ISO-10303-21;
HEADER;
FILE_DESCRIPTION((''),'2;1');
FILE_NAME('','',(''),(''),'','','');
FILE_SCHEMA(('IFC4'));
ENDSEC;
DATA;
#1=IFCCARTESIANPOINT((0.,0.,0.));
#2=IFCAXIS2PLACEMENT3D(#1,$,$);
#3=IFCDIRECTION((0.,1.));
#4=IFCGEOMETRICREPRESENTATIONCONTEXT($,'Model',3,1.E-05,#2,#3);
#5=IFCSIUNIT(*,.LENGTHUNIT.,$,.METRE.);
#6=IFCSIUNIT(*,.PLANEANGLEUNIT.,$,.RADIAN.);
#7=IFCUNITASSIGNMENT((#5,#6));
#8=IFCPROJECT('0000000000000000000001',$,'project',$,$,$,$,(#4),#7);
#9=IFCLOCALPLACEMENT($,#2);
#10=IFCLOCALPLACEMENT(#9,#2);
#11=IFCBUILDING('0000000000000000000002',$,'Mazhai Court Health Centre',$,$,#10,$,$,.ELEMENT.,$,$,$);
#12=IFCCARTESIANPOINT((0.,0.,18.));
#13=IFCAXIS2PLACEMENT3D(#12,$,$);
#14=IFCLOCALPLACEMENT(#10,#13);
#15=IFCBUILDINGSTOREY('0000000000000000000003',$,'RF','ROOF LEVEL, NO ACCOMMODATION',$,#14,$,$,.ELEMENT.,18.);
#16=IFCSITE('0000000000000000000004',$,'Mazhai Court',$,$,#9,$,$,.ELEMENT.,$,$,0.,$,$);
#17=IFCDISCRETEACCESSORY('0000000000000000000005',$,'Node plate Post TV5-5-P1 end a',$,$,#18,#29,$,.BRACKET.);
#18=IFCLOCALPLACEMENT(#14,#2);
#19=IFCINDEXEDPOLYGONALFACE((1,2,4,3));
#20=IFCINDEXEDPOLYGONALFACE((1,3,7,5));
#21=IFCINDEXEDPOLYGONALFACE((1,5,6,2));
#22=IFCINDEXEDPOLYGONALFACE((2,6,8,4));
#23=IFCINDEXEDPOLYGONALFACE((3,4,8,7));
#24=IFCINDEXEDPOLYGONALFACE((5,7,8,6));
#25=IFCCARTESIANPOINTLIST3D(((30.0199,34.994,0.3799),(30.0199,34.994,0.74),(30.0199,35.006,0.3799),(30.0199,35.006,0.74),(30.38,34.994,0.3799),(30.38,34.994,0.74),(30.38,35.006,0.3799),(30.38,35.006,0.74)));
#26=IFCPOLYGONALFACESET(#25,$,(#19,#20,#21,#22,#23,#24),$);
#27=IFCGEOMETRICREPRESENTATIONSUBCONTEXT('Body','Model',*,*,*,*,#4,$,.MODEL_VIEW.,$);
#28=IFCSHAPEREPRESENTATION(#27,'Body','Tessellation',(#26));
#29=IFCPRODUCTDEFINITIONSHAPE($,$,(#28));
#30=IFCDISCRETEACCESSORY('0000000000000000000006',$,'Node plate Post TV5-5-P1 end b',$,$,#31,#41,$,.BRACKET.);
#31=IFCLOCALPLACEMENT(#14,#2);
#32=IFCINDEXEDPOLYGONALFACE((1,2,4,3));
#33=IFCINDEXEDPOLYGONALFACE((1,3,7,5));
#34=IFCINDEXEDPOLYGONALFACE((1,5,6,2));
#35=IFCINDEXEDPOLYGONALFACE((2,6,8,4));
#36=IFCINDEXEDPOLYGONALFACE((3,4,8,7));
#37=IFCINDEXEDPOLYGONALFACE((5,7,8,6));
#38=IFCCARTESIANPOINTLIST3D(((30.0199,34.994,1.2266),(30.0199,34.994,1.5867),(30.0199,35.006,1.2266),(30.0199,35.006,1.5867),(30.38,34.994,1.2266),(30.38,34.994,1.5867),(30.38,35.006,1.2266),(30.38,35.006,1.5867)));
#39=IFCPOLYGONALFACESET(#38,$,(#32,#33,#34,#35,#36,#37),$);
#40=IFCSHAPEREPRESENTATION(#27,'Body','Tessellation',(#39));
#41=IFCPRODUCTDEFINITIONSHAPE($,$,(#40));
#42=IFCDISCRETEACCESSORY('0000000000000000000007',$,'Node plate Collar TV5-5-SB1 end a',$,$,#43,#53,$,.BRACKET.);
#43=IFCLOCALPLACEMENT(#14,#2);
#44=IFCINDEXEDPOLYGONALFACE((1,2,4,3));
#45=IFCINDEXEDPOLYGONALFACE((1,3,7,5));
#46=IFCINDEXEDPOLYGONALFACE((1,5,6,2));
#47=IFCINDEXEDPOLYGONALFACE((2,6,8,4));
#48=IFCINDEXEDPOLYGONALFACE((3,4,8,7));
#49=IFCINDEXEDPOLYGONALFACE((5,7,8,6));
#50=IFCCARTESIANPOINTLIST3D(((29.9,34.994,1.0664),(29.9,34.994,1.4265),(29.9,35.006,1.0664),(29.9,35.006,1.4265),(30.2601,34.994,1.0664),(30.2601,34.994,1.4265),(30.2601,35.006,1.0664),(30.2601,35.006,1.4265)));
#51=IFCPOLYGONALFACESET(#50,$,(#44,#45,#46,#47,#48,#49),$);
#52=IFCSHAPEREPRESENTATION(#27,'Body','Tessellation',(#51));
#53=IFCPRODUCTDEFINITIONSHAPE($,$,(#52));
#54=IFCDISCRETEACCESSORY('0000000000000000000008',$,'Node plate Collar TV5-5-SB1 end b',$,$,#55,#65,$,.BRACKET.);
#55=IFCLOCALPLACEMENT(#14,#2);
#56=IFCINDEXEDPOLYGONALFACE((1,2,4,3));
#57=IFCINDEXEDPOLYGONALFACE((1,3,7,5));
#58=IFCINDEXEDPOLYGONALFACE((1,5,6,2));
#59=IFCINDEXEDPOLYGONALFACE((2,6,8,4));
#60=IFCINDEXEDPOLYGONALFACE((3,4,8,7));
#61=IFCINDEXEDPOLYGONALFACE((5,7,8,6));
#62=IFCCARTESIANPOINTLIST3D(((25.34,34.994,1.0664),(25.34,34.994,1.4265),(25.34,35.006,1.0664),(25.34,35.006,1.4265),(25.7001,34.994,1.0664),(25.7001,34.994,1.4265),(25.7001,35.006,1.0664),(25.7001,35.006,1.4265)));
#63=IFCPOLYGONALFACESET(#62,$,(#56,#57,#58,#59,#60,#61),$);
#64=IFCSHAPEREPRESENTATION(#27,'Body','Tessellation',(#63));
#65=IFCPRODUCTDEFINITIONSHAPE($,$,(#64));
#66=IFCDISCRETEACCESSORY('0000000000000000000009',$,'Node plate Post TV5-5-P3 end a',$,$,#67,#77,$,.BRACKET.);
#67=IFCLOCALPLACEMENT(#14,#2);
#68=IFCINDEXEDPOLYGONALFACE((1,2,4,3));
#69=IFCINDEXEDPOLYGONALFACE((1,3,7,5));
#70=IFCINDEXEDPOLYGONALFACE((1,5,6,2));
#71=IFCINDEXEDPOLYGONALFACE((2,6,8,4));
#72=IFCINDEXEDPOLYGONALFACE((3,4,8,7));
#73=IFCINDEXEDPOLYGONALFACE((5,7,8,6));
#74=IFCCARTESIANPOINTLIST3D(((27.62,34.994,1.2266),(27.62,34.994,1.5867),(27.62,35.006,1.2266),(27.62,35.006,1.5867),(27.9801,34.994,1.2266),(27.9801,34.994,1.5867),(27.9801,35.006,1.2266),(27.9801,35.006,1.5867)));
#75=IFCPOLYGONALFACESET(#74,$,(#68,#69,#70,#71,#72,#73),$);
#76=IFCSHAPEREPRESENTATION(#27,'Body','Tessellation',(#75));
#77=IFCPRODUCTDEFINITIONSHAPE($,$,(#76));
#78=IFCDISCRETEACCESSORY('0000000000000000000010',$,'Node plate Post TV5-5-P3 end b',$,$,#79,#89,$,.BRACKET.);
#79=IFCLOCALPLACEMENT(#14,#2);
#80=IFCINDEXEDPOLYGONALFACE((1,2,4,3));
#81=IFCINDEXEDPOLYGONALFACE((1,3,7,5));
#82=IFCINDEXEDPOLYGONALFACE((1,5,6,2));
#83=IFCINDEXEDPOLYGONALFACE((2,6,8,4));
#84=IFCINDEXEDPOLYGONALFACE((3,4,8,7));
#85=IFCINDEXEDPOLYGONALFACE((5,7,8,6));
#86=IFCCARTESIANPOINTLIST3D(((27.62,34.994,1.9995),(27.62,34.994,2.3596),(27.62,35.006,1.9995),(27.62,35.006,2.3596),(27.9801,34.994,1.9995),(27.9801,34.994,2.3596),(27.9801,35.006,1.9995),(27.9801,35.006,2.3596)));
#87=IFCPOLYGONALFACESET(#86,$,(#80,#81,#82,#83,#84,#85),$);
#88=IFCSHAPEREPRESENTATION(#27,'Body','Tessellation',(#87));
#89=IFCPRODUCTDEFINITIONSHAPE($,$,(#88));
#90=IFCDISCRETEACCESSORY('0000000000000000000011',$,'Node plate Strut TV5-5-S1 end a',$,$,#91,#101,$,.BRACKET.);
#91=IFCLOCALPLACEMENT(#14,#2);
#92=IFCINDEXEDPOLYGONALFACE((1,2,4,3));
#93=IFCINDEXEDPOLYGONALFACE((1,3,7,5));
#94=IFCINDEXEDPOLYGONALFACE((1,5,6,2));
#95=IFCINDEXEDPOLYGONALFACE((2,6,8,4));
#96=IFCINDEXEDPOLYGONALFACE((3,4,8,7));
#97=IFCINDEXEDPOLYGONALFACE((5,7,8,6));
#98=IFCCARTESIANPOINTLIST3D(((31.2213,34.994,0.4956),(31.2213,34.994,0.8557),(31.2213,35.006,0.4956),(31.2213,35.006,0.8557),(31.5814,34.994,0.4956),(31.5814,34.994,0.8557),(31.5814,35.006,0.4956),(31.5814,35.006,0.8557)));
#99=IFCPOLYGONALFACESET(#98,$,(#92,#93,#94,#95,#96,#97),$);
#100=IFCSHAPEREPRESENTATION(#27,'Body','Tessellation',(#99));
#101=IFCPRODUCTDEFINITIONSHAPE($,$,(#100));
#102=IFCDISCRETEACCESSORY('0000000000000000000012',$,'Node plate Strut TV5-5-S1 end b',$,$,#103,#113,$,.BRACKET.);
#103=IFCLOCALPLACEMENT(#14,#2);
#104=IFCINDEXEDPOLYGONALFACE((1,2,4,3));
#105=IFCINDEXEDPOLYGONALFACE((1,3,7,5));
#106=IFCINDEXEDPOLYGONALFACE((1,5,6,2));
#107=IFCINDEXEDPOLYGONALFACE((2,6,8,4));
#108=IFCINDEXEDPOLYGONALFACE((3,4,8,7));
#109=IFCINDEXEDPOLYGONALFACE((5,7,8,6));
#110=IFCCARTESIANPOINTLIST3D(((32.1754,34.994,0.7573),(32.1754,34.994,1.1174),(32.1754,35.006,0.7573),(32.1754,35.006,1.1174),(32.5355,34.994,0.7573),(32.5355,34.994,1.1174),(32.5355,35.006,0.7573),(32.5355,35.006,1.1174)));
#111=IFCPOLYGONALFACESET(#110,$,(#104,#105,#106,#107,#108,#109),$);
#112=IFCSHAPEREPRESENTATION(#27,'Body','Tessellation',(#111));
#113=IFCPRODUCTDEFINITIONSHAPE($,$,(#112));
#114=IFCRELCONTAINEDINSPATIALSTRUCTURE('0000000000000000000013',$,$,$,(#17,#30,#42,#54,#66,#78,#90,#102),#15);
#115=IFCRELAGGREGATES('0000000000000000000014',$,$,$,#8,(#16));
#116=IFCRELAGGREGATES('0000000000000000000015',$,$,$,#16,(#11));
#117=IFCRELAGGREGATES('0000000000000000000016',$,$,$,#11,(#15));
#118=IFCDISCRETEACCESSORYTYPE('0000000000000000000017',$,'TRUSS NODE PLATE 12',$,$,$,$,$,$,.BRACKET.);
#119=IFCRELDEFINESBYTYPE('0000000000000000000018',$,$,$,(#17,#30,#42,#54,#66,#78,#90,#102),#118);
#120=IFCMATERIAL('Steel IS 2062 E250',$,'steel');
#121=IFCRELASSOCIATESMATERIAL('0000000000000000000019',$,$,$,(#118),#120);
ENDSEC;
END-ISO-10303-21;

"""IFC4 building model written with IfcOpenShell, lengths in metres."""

from ifc_helpers import new_model, si_unit, direction, frame, origin, origin_2d, place, context, subcontext, project, spatial, rectangle, extrude, material, type_object, element, save


model = new_model("IFC4")

# Units and contexts
model_context = context("Model", 3, precision=1e-05, world=origin(), true_north=direction((0.0, 1.0)))
body_context = subcontext(model_context, "Body", "Model", "MODEL_VIEW")
ifc_project = project(units=[si_unit("LENGTHUNIT", "METRE"), si_unit("PLANEANGLEUNIT", "RADIAN")], contexts=[model_context])

# Site, building, storey
site_placement = place(None, origin())
site = spatial("IfcSite", under=ifc_project, at=site_placement, Name="Mazhai Court", CompositionType="ELEMENT", RefElevation=0.0)
building_placement = place(site_placement, origin())
building = spatial("IfcBuilding", under=site, at=building_placement, Name="Mazhai Court Health Centre", CompositionType="ELEMENT")
storey_placement = place(building_placement, frame((0.0, 0.0, 18.0)))
storey = spatial("IfcBuildingStorey", under=building, at=storey_placement, Name="RF", Description="ROOF LEVEL, NO ACCOMMODATION", CompositionType="ELEMENT", Elevation=18.0)

# Discrete accessories
ifc_material_1 = material(Name="Steel IS 2062 E250", Category="steel")
discrete_accessory_type = type_object("IfcDiscreteAccessoryType", Name="TRUSS NODE PLATE 12", PredefinedType="BRACKET", material=ifc_material_1)
for number, where, z_axis, x_axis, name in (
    (1, (30.2, 35.0, 0.3799), (0.0, 0.0, 1.0), (1.0, 0.0, 0.0), "Node plate Post TV5-5-P1 end a"),
    (2, (30.2, 35.0, 1.2266), (0.0, 0.0, 1.0), (1.0, 0.0, 0.0), "Node plate Post TV5-5-P1 end b"),
    (3, (30.0801, 35.0, 1.0664), (0.0, 0.0, 1.0), (1.0, 0.0, 0.0), "Node plate Collar TV5-5-SB1 end a"),
    (4, (25.52, 35.0, 1.0664), (0.0, 0.0, 1.0), (1.0, 0.0, 0.0), "Node plate Collar TV5-5-SB1 end b"),
    (5, (27.8, 35.0, 1.2266), (0.0, 0.0, 1.0), (1.0, 0.0, 0.0), "Node plate Post TV5-5-P3 end a"),
    (6, (27.8, 35.0, 1.9995), (0.0, 0.0, 1.0), (1.0, 0.0, 0.0), "Node plate Post TV5-5-P3 end b"),
    (7, (31.4014, 35.0, 0.4956), (0.0, 0.0, 1.0), (1.0, 0.0, 0.0), "Node plate Strut TV5-5-S1 end a"),
    (8, (32.3555, 35.0, 0.7573), (0.0, 0.0, 1.0), (1.0, 0.0, 0.0), "Node plate Strut TV5-5-S1 end b"),
):
    element("IfcDiscreteAccessory", number, at=place(storey_placement, frame(where, z_axis=z_axis, x_axis=x_axis)), inside=storey, type_object=discrete_accessory_type, Name=name, PredefinedType="BRACKET", context=body_context, shape_type="SweptSolid", body=[
        extrude(rectangle(XDim=0.3601, YDim=0.012, at=origin_2d()), origin(), (0.0, 0.0, 1.0), 0.3601),
    ])

save(model, "model.ifc")
